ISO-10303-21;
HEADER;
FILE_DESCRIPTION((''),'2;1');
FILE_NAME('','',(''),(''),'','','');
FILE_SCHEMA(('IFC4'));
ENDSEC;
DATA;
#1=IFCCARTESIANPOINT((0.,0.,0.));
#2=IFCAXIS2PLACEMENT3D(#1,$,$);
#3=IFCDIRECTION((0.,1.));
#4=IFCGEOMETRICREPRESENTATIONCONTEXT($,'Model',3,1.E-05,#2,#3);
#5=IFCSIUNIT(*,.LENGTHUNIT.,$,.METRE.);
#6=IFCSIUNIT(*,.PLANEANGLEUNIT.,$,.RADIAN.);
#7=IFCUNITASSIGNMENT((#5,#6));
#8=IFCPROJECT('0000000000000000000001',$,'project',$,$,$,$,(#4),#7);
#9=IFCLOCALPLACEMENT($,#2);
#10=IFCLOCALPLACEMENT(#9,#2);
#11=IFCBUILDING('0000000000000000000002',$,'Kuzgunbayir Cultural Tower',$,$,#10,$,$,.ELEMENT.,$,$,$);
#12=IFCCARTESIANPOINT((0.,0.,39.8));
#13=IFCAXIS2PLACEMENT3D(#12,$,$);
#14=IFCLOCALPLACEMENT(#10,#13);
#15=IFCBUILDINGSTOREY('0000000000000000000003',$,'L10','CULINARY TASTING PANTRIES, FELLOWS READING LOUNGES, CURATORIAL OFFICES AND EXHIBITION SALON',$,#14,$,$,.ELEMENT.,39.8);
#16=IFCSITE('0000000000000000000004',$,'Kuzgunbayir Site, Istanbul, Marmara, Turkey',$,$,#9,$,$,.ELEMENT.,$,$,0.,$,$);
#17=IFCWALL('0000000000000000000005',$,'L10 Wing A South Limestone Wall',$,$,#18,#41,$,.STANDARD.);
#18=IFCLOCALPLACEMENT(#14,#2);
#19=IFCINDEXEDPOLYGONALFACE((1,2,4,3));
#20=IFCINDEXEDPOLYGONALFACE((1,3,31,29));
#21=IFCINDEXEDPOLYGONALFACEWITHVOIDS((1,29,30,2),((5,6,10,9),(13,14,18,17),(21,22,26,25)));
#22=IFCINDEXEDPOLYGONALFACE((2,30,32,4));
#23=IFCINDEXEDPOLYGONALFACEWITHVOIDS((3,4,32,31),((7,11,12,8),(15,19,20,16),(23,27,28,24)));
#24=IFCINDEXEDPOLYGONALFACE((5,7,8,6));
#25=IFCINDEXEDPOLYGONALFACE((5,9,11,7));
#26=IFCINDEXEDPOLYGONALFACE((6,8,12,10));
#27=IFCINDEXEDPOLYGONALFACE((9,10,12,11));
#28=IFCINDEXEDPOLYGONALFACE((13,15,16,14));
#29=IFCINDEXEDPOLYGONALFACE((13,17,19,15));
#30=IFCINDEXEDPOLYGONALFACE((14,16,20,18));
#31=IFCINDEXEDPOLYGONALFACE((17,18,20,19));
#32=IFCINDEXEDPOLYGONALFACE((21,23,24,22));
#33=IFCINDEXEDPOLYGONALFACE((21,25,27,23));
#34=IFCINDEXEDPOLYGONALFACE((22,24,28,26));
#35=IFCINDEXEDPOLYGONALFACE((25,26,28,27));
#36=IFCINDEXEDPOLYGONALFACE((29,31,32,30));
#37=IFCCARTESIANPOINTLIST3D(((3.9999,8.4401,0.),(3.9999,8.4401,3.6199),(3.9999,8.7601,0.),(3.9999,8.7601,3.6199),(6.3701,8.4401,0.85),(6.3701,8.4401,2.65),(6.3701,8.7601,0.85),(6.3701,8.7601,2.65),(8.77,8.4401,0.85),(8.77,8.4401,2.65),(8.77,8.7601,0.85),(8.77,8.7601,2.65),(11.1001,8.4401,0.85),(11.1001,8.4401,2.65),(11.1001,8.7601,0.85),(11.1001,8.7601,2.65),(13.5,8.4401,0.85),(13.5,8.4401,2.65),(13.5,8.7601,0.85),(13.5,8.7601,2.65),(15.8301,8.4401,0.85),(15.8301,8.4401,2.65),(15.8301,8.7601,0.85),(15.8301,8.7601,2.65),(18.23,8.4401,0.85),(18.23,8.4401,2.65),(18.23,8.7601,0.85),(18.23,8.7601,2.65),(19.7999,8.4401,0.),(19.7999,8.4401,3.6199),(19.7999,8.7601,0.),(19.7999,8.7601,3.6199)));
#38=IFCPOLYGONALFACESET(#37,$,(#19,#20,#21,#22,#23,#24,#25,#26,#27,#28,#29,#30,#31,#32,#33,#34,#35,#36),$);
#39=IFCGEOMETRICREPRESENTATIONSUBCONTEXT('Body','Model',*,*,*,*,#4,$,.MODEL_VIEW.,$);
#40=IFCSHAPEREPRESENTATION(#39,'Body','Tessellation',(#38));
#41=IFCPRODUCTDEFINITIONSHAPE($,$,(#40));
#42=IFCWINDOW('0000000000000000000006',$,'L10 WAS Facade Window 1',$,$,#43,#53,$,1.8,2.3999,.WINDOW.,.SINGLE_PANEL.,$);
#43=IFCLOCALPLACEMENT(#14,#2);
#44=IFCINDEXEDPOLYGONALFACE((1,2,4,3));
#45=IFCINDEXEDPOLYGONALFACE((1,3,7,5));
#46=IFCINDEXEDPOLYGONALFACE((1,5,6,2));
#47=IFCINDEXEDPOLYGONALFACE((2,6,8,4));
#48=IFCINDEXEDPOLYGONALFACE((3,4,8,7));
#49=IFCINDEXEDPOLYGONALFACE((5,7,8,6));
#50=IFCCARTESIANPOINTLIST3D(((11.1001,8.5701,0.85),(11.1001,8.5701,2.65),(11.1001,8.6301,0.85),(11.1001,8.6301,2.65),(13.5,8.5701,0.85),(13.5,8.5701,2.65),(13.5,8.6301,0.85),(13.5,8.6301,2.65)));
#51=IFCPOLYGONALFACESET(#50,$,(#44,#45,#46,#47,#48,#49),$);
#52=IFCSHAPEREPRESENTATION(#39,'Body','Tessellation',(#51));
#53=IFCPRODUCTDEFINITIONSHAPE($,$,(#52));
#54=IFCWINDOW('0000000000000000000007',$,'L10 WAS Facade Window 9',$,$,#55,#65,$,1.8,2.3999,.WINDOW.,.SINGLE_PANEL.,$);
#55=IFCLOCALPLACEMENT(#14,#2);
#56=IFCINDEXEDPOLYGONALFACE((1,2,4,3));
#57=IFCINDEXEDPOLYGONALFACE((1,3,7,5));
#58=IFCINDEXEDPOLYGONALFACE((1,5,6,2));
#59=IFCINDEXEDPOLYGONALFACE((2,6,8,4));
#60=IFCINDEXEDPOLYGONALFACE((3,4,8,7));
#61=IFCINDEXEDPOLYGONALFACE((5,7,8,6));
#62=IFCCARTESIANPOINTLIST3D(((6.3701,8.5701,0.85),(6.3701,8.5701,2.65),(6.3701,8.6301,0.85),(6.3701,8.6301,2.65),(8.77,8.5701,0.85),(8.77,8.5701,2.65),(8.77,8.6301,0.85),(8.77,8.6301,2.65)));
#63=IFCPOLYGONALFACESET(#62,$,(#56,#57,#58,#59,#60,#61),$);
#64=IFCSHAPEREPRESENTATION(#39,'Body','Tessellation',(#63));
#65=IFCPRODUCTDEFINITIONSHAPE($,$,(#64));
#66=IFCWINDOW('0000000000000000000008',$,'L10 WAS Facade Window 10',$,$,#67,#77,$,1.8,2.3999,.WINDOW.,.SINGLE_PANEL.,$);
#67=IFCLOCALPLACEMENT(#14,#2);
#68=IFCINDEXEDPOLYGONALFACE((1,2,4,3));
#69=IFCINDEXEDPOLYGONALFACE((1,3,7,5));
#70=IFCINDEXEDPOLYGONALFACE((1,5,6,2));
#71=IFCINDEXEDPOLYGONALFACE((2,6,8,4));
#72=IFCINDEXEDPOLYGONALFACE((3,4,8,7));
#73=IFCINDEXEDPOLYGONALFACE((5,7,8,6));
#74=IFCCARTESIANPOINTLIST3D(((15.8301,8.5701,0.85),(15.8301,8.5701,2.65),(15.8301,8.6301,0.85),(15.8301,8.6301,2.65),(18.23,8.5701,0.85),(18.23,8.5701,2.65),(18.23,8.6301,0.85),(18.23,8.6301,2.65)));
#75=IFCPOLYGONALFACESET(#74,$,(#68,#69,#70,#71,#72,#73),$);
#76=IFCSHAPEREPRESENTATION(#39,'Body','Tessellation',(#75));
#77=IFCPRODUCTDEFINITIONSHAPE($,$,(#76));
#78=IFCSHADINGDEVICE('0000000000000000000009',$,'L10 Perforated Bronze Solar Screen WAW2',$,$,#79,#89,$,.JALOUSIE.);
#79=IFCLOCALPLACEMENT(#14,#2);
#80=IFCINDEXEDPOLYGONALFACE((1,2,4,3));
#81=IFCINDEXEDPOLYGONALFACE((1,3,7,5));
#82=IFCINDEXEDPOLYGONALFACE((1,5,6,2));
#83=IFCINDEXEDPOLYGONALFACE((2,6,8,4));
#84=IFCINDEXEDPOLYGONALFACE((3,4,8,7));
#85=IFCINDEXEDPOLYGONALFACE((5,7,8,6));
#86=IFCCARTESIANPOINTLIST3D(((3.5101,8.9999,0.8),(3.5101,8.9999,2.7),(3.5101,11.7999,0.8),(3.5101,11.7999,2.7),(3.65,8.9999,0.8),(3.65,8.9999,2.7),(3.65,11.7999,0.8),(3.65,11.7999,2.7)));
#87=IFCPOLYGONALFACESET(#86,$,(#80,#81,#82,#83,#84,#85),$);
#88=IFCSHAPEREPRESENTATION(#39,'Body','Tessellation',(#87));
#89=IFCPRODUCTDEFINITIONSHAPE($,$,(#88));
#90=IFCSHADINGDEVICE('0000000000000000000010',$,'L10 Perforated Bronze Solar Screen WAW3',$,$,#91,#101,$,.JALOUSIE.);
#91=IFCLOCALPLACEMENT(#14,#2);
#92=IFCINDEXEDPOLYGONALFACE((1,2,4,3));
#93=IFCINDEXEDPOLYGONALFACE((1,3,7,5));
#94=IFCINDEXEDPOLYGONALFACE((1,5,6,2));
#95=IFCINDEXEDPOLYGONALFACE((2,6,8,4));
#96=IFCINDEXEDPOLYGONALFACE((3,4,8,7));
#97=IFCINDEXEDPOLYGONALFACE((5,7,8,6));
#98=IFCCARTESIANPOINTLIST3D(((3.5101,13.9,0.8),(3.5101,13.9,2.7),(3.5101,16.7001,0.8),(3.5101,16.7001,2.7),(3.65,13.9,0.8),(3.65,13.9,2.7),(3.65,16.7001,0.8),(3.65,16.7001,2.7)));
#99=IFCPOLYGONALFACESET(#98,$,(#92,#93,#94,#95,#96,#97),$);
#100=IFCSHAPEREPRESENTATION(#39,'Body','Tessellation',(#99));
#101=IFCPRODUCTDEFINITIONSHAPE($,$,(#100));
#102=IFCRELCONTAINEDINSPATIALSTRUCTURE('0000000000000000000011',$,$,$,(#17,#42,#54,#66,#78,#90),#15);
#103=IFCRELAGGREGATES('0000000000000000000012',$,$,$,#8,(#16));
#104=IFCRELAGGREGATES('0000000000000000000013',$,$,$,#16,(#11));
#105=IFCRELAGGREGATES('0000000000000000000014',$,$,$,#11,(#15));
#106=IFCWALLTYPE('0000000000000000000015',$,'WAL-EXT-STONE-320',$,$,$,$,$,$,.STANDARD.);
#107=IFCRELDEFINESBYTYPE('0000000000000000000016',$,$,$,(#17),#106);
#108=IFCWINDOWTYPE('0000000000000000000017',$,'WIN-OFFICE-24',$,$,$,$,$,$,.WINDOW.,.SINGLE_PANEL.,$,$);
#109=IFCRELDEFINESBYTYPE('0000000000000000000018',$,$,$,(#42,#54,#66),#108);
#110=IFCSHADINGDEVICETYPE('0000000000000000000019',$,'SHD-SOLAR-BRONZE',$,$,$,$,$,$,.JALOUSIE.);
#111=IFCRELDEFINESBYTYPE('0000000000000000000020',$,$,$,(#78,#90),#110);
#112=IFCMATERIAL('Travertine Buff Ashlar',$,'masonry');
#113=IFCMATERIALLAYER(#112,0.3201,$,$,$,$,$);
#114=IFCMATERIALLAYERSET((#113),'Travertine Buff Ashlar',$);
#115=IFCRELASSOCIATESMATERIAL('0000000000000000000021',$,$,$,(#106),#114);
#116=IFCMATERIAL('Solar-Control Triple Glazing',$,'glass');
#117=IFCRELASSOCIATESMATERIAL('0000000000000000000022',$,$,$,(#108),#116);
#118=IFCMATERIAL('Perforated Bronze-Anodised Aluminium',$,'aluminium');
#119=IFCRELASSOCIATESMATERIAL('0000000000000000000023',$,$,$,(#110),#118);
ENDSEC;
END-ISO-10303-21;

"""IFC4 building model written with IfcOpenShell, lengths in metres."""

from ifc_helpers import new_model, si_unit, direction, frame, frame_2d, origin, origin_2d, place, context, subcontext, project, spatial, rectangle, extrude, material, layer, layer_set, type_object, element, fill, save


model = new_model("IFC4")

# Units and contexts
model_context = context("Model", 3, precision=1e-05, world=origin(), true_north=direction((0.0, 1.0)))
body_context = subcontext(model_context, "Body", "Model", "MODEL_VIEW")
ifc_project = project(units=[si_unit("LENGTHUNIT", "METRE"), si_unit("PLANEANGLEUNIT", "RADIAN")], contexts=[model_context])

# Site, building, storey
site_placement = place(None, origin())
site = spatial("IfcSite", under=ifc_project, at=site_placement, Name="Kuzgunbayir Site, Istanbul, Marmara, Turkey", CompositionType="ELEMENT", RefElevation=0.0)
building_placement = place(site_placement, origin())
building = spatial("IfcBuilding", under=site, at=building_placement, Name="Kuzgunbayir Cultural Tower", CompositionType="ELEMENT")
storey_placement = place(building_placement, frame((0.0, 0.0, 39.8)))
storey = spatial("IfcBuildingStorey", under=building, at=storey_placement, Name="L10", Description="CULINARY TASTING PANTRIES, FELLOWS READING LOUNGES, CURATORIAL OFFICES AND EXHIBITION SALON", CompositionType="ELEMENT", Elevation=39.8)

# Wall, openings, windows
ifc_material_1 = material(Name="Travertine Buff Ashlar", Category="masonry")
ifc_layer_1 = layer(ifc_material_1, 0.3201)
ifc_layer_set_1 = layer_set([ifc_layer_1], Name="Travertine Buff Ashlar")
wall_type_1 = type_object("IfcWallType", Name="WAL-EXT-STONE-320", PredefinedType="STANDARD", material=ifc_layer_set_1)
wall_1_placement = place(storey_placement, frame((4.0, 8.6001, 0.0), z_axis=(0.0, 0.0, 1.0), x_axis=(1.0, 0.0, 0.0)))
wall_1 = element("IfcWall", 1, at=wall_1_placement, inside=storey, type_object=wall_type_1, Name="L10 Wing A South Limestone Wall", PredefinedType="STANDARD", context=body_context, shape_type="SweptSolid", body=[
    extrude(rectangle(XDim=15.8, YDim=0.3201, at=frame_2d((7.8999, 0.0))), origin(), (0.0, 0.0, 1.0), 3.6199),
])
opening_1_placement = place(wall_1_placement, frame((7.1001, 0.0, 0.8501)))
opening_1 = element("IfcOpeningElement", 2, at=opening_1_placement, cuts=wall_1, PredefinedType="OPENING", context=body_context, shape_type="SweptSolid", body=[
    extrude(rectangle(XDim=2.3999, YDim=1.8, at=frame_2d((1.2, 0.8999))), frame((0.0, 0.1699, 0.0), z_axis=(0.0, -1.0, 0.0), x_axis=(1.0, 0.0, 0.0)), (0.0, 0.0, 1.0), 0.3401),
])
opening_2_placement = place(wall_1_placement, frame((2.3701, 0.0, 0.8501)))
opening_2 = element("IfcOpeningElement", 3, at=opening_2_placement, cuts=wall_1, PredefinedType="OPENING", context=body_context, shape_type="SweptSolid", body=[
    extrude(rectangle(XDim=2.3999, YDim=1.8, at=frame_2d((1.2, 0.8999))), frame((0.0, 0.1699, 0.0), z_axis=(0.0, -1.0, 0.0), x_axis=(1.0, 0.0, 0.0)), (0.0, 0.0, 1.0), 0.3401),
])
opening_3_placement = place(wall_1_placement, frame((11.8301, 0.0, 0.8501)))
opening_3 = element("IfcOpeningElement", 4, at=opening_3_placement, cuts=wall_1, PredefinedType="OPENING", context=body_context, shape_type="SweptSolid", body=[
    extrude(rectangle(XDim=2.3999, YDim=1.8, at=frame_2d((1.2, 0.8999))), frame((0.0, 0.1699, 0.0), z_axis=(0.0, -1.0, 0.0), x_axis=(1.0, 0.0, 0.0)), (0.0, 0.0, 1.0), 0.3401),
])
ifc_material_2 = material(Name="Solar-Control Triple Glazing", Category="glass")
window_type = type_object("IfcWindowType", Name="WIN-OFFICE-24", PartitioningType="SINGLE_PANEL", PredefinedType="WINDOW", material=ifc_material_2)
window_1_placement = place(opening_1_placement, origin())
window_1 = element("IfcWindow", 5, at=window_1_placement, inside=storey, type_object=window_type, Name="L10 WAS Facade Window 1", OverallHeight=1.8, OverallWidth=2.3999, PartitioningType="SINGLE_PANEL", PredefinedType="WINDOW", context=body_context, shape_type="SweptSolid", body=[
    extrude(rectangle(XDim=2.3999, YDim=1.8, at=frame_2d((1.2, 0.8999))), frame((0.0, 0.03, 0.0), z_axis=(0.0, -1.0, 0.0), x_axis=(1.0, 0.0, 0.0)), (0.0, 0.0, 1.0), 0.0601),
])
fill(opening_1, window_1)
window_2_placement = place(opening_2_placement, origin())
window_2 = element("IfcWindow", 6, at=window_2_placement, inside=storey, type_object=window_type, Name="L10 WAS Facade Window 9", OverallHeight=1.8, OverallWidth=2.3999, PartitioningType="SINGLE_PANEL", PredefinedType="WINDOW", context=body_context, shape_type="SweptSolid", body=[
    extrude(rectangle(XDim=2.3999, YDim=1.8, at=frame_2d((1.2, 0.8999))), frame((0.0, 0.03, 0.0), z_axis=(0.0, -1.0, 0.0), x_axis=(1.0, 0.0, 0.0)), (0.0, 0.0, 1.0), 0.0601),
])
fill(opening_2, window_2)
window_3_placement = place(opening_3_placement, origin())
window_3 = element("IfcWindow", 7, at=window_3_placement, inside=storey, type_object=window_type, Name="L10 WAS Facade Window 10", OverallHeight=1.8, OverallWidth=2.3999, PartitioningType="SINGLE_PANEL", PredefinedType="WINDOW", context=body_context, shape_type="SweptSolid", body=[
    extrude(rectangle(XDim=2.3999, YDim=1.8, at=frame_2d((1.2, 0.8999))), frame((0.0, 0.03, 0.0), z_axis=(0.0, -1.0, 0.0), x_axis=(1.0, 0.0, 0.0)), (0.0, 0.0, 1.0), 0.0601),
])
fill(opening_3, window_3)

# Shading devices
ifc_material_3 = material(Name="Perforated Bronze-Anodised Aluminium", Category="aluminium")
shading_device_type = type_object("IfcShadingDeviceType", Name="SHD-SOLAR-BRONZE", PredefinedType="JALOUSIE", material=ifc_material_3)
for number, where, z_axis, x_axis, name in (
    (8, (3.5801, 10.3999, 0.8), (0.0, 0.0, 1.0), (1.0, 0.0, 0.0), "L10 Perforated Bronze Solar Screen WAW2"),
    (9, (3.5801, 15.3, 0.8), (0.0, 0.0, 1.0), (1.0, 0.0, 0.0), "L10 Perforated Bronze Solar Screen WAW3"),
):
    element("IfcShadingDevice", number, at=place(storey_placement, frame(where, z_axis=z_axis, x_axis=x_axis)), inside=storey, type_object=shading_device_type, Name=name, PredefinedType="JALOUSIE", context=body_context, shape_type="SweptSolid", body=[
        extrude(rectangle(XDim=0.1399, YDim=2.8, at=origin_2d()), origin(), (0.0, 0.0, 1.0), 1.8999),
    ])

save(model, "model.ifc")
